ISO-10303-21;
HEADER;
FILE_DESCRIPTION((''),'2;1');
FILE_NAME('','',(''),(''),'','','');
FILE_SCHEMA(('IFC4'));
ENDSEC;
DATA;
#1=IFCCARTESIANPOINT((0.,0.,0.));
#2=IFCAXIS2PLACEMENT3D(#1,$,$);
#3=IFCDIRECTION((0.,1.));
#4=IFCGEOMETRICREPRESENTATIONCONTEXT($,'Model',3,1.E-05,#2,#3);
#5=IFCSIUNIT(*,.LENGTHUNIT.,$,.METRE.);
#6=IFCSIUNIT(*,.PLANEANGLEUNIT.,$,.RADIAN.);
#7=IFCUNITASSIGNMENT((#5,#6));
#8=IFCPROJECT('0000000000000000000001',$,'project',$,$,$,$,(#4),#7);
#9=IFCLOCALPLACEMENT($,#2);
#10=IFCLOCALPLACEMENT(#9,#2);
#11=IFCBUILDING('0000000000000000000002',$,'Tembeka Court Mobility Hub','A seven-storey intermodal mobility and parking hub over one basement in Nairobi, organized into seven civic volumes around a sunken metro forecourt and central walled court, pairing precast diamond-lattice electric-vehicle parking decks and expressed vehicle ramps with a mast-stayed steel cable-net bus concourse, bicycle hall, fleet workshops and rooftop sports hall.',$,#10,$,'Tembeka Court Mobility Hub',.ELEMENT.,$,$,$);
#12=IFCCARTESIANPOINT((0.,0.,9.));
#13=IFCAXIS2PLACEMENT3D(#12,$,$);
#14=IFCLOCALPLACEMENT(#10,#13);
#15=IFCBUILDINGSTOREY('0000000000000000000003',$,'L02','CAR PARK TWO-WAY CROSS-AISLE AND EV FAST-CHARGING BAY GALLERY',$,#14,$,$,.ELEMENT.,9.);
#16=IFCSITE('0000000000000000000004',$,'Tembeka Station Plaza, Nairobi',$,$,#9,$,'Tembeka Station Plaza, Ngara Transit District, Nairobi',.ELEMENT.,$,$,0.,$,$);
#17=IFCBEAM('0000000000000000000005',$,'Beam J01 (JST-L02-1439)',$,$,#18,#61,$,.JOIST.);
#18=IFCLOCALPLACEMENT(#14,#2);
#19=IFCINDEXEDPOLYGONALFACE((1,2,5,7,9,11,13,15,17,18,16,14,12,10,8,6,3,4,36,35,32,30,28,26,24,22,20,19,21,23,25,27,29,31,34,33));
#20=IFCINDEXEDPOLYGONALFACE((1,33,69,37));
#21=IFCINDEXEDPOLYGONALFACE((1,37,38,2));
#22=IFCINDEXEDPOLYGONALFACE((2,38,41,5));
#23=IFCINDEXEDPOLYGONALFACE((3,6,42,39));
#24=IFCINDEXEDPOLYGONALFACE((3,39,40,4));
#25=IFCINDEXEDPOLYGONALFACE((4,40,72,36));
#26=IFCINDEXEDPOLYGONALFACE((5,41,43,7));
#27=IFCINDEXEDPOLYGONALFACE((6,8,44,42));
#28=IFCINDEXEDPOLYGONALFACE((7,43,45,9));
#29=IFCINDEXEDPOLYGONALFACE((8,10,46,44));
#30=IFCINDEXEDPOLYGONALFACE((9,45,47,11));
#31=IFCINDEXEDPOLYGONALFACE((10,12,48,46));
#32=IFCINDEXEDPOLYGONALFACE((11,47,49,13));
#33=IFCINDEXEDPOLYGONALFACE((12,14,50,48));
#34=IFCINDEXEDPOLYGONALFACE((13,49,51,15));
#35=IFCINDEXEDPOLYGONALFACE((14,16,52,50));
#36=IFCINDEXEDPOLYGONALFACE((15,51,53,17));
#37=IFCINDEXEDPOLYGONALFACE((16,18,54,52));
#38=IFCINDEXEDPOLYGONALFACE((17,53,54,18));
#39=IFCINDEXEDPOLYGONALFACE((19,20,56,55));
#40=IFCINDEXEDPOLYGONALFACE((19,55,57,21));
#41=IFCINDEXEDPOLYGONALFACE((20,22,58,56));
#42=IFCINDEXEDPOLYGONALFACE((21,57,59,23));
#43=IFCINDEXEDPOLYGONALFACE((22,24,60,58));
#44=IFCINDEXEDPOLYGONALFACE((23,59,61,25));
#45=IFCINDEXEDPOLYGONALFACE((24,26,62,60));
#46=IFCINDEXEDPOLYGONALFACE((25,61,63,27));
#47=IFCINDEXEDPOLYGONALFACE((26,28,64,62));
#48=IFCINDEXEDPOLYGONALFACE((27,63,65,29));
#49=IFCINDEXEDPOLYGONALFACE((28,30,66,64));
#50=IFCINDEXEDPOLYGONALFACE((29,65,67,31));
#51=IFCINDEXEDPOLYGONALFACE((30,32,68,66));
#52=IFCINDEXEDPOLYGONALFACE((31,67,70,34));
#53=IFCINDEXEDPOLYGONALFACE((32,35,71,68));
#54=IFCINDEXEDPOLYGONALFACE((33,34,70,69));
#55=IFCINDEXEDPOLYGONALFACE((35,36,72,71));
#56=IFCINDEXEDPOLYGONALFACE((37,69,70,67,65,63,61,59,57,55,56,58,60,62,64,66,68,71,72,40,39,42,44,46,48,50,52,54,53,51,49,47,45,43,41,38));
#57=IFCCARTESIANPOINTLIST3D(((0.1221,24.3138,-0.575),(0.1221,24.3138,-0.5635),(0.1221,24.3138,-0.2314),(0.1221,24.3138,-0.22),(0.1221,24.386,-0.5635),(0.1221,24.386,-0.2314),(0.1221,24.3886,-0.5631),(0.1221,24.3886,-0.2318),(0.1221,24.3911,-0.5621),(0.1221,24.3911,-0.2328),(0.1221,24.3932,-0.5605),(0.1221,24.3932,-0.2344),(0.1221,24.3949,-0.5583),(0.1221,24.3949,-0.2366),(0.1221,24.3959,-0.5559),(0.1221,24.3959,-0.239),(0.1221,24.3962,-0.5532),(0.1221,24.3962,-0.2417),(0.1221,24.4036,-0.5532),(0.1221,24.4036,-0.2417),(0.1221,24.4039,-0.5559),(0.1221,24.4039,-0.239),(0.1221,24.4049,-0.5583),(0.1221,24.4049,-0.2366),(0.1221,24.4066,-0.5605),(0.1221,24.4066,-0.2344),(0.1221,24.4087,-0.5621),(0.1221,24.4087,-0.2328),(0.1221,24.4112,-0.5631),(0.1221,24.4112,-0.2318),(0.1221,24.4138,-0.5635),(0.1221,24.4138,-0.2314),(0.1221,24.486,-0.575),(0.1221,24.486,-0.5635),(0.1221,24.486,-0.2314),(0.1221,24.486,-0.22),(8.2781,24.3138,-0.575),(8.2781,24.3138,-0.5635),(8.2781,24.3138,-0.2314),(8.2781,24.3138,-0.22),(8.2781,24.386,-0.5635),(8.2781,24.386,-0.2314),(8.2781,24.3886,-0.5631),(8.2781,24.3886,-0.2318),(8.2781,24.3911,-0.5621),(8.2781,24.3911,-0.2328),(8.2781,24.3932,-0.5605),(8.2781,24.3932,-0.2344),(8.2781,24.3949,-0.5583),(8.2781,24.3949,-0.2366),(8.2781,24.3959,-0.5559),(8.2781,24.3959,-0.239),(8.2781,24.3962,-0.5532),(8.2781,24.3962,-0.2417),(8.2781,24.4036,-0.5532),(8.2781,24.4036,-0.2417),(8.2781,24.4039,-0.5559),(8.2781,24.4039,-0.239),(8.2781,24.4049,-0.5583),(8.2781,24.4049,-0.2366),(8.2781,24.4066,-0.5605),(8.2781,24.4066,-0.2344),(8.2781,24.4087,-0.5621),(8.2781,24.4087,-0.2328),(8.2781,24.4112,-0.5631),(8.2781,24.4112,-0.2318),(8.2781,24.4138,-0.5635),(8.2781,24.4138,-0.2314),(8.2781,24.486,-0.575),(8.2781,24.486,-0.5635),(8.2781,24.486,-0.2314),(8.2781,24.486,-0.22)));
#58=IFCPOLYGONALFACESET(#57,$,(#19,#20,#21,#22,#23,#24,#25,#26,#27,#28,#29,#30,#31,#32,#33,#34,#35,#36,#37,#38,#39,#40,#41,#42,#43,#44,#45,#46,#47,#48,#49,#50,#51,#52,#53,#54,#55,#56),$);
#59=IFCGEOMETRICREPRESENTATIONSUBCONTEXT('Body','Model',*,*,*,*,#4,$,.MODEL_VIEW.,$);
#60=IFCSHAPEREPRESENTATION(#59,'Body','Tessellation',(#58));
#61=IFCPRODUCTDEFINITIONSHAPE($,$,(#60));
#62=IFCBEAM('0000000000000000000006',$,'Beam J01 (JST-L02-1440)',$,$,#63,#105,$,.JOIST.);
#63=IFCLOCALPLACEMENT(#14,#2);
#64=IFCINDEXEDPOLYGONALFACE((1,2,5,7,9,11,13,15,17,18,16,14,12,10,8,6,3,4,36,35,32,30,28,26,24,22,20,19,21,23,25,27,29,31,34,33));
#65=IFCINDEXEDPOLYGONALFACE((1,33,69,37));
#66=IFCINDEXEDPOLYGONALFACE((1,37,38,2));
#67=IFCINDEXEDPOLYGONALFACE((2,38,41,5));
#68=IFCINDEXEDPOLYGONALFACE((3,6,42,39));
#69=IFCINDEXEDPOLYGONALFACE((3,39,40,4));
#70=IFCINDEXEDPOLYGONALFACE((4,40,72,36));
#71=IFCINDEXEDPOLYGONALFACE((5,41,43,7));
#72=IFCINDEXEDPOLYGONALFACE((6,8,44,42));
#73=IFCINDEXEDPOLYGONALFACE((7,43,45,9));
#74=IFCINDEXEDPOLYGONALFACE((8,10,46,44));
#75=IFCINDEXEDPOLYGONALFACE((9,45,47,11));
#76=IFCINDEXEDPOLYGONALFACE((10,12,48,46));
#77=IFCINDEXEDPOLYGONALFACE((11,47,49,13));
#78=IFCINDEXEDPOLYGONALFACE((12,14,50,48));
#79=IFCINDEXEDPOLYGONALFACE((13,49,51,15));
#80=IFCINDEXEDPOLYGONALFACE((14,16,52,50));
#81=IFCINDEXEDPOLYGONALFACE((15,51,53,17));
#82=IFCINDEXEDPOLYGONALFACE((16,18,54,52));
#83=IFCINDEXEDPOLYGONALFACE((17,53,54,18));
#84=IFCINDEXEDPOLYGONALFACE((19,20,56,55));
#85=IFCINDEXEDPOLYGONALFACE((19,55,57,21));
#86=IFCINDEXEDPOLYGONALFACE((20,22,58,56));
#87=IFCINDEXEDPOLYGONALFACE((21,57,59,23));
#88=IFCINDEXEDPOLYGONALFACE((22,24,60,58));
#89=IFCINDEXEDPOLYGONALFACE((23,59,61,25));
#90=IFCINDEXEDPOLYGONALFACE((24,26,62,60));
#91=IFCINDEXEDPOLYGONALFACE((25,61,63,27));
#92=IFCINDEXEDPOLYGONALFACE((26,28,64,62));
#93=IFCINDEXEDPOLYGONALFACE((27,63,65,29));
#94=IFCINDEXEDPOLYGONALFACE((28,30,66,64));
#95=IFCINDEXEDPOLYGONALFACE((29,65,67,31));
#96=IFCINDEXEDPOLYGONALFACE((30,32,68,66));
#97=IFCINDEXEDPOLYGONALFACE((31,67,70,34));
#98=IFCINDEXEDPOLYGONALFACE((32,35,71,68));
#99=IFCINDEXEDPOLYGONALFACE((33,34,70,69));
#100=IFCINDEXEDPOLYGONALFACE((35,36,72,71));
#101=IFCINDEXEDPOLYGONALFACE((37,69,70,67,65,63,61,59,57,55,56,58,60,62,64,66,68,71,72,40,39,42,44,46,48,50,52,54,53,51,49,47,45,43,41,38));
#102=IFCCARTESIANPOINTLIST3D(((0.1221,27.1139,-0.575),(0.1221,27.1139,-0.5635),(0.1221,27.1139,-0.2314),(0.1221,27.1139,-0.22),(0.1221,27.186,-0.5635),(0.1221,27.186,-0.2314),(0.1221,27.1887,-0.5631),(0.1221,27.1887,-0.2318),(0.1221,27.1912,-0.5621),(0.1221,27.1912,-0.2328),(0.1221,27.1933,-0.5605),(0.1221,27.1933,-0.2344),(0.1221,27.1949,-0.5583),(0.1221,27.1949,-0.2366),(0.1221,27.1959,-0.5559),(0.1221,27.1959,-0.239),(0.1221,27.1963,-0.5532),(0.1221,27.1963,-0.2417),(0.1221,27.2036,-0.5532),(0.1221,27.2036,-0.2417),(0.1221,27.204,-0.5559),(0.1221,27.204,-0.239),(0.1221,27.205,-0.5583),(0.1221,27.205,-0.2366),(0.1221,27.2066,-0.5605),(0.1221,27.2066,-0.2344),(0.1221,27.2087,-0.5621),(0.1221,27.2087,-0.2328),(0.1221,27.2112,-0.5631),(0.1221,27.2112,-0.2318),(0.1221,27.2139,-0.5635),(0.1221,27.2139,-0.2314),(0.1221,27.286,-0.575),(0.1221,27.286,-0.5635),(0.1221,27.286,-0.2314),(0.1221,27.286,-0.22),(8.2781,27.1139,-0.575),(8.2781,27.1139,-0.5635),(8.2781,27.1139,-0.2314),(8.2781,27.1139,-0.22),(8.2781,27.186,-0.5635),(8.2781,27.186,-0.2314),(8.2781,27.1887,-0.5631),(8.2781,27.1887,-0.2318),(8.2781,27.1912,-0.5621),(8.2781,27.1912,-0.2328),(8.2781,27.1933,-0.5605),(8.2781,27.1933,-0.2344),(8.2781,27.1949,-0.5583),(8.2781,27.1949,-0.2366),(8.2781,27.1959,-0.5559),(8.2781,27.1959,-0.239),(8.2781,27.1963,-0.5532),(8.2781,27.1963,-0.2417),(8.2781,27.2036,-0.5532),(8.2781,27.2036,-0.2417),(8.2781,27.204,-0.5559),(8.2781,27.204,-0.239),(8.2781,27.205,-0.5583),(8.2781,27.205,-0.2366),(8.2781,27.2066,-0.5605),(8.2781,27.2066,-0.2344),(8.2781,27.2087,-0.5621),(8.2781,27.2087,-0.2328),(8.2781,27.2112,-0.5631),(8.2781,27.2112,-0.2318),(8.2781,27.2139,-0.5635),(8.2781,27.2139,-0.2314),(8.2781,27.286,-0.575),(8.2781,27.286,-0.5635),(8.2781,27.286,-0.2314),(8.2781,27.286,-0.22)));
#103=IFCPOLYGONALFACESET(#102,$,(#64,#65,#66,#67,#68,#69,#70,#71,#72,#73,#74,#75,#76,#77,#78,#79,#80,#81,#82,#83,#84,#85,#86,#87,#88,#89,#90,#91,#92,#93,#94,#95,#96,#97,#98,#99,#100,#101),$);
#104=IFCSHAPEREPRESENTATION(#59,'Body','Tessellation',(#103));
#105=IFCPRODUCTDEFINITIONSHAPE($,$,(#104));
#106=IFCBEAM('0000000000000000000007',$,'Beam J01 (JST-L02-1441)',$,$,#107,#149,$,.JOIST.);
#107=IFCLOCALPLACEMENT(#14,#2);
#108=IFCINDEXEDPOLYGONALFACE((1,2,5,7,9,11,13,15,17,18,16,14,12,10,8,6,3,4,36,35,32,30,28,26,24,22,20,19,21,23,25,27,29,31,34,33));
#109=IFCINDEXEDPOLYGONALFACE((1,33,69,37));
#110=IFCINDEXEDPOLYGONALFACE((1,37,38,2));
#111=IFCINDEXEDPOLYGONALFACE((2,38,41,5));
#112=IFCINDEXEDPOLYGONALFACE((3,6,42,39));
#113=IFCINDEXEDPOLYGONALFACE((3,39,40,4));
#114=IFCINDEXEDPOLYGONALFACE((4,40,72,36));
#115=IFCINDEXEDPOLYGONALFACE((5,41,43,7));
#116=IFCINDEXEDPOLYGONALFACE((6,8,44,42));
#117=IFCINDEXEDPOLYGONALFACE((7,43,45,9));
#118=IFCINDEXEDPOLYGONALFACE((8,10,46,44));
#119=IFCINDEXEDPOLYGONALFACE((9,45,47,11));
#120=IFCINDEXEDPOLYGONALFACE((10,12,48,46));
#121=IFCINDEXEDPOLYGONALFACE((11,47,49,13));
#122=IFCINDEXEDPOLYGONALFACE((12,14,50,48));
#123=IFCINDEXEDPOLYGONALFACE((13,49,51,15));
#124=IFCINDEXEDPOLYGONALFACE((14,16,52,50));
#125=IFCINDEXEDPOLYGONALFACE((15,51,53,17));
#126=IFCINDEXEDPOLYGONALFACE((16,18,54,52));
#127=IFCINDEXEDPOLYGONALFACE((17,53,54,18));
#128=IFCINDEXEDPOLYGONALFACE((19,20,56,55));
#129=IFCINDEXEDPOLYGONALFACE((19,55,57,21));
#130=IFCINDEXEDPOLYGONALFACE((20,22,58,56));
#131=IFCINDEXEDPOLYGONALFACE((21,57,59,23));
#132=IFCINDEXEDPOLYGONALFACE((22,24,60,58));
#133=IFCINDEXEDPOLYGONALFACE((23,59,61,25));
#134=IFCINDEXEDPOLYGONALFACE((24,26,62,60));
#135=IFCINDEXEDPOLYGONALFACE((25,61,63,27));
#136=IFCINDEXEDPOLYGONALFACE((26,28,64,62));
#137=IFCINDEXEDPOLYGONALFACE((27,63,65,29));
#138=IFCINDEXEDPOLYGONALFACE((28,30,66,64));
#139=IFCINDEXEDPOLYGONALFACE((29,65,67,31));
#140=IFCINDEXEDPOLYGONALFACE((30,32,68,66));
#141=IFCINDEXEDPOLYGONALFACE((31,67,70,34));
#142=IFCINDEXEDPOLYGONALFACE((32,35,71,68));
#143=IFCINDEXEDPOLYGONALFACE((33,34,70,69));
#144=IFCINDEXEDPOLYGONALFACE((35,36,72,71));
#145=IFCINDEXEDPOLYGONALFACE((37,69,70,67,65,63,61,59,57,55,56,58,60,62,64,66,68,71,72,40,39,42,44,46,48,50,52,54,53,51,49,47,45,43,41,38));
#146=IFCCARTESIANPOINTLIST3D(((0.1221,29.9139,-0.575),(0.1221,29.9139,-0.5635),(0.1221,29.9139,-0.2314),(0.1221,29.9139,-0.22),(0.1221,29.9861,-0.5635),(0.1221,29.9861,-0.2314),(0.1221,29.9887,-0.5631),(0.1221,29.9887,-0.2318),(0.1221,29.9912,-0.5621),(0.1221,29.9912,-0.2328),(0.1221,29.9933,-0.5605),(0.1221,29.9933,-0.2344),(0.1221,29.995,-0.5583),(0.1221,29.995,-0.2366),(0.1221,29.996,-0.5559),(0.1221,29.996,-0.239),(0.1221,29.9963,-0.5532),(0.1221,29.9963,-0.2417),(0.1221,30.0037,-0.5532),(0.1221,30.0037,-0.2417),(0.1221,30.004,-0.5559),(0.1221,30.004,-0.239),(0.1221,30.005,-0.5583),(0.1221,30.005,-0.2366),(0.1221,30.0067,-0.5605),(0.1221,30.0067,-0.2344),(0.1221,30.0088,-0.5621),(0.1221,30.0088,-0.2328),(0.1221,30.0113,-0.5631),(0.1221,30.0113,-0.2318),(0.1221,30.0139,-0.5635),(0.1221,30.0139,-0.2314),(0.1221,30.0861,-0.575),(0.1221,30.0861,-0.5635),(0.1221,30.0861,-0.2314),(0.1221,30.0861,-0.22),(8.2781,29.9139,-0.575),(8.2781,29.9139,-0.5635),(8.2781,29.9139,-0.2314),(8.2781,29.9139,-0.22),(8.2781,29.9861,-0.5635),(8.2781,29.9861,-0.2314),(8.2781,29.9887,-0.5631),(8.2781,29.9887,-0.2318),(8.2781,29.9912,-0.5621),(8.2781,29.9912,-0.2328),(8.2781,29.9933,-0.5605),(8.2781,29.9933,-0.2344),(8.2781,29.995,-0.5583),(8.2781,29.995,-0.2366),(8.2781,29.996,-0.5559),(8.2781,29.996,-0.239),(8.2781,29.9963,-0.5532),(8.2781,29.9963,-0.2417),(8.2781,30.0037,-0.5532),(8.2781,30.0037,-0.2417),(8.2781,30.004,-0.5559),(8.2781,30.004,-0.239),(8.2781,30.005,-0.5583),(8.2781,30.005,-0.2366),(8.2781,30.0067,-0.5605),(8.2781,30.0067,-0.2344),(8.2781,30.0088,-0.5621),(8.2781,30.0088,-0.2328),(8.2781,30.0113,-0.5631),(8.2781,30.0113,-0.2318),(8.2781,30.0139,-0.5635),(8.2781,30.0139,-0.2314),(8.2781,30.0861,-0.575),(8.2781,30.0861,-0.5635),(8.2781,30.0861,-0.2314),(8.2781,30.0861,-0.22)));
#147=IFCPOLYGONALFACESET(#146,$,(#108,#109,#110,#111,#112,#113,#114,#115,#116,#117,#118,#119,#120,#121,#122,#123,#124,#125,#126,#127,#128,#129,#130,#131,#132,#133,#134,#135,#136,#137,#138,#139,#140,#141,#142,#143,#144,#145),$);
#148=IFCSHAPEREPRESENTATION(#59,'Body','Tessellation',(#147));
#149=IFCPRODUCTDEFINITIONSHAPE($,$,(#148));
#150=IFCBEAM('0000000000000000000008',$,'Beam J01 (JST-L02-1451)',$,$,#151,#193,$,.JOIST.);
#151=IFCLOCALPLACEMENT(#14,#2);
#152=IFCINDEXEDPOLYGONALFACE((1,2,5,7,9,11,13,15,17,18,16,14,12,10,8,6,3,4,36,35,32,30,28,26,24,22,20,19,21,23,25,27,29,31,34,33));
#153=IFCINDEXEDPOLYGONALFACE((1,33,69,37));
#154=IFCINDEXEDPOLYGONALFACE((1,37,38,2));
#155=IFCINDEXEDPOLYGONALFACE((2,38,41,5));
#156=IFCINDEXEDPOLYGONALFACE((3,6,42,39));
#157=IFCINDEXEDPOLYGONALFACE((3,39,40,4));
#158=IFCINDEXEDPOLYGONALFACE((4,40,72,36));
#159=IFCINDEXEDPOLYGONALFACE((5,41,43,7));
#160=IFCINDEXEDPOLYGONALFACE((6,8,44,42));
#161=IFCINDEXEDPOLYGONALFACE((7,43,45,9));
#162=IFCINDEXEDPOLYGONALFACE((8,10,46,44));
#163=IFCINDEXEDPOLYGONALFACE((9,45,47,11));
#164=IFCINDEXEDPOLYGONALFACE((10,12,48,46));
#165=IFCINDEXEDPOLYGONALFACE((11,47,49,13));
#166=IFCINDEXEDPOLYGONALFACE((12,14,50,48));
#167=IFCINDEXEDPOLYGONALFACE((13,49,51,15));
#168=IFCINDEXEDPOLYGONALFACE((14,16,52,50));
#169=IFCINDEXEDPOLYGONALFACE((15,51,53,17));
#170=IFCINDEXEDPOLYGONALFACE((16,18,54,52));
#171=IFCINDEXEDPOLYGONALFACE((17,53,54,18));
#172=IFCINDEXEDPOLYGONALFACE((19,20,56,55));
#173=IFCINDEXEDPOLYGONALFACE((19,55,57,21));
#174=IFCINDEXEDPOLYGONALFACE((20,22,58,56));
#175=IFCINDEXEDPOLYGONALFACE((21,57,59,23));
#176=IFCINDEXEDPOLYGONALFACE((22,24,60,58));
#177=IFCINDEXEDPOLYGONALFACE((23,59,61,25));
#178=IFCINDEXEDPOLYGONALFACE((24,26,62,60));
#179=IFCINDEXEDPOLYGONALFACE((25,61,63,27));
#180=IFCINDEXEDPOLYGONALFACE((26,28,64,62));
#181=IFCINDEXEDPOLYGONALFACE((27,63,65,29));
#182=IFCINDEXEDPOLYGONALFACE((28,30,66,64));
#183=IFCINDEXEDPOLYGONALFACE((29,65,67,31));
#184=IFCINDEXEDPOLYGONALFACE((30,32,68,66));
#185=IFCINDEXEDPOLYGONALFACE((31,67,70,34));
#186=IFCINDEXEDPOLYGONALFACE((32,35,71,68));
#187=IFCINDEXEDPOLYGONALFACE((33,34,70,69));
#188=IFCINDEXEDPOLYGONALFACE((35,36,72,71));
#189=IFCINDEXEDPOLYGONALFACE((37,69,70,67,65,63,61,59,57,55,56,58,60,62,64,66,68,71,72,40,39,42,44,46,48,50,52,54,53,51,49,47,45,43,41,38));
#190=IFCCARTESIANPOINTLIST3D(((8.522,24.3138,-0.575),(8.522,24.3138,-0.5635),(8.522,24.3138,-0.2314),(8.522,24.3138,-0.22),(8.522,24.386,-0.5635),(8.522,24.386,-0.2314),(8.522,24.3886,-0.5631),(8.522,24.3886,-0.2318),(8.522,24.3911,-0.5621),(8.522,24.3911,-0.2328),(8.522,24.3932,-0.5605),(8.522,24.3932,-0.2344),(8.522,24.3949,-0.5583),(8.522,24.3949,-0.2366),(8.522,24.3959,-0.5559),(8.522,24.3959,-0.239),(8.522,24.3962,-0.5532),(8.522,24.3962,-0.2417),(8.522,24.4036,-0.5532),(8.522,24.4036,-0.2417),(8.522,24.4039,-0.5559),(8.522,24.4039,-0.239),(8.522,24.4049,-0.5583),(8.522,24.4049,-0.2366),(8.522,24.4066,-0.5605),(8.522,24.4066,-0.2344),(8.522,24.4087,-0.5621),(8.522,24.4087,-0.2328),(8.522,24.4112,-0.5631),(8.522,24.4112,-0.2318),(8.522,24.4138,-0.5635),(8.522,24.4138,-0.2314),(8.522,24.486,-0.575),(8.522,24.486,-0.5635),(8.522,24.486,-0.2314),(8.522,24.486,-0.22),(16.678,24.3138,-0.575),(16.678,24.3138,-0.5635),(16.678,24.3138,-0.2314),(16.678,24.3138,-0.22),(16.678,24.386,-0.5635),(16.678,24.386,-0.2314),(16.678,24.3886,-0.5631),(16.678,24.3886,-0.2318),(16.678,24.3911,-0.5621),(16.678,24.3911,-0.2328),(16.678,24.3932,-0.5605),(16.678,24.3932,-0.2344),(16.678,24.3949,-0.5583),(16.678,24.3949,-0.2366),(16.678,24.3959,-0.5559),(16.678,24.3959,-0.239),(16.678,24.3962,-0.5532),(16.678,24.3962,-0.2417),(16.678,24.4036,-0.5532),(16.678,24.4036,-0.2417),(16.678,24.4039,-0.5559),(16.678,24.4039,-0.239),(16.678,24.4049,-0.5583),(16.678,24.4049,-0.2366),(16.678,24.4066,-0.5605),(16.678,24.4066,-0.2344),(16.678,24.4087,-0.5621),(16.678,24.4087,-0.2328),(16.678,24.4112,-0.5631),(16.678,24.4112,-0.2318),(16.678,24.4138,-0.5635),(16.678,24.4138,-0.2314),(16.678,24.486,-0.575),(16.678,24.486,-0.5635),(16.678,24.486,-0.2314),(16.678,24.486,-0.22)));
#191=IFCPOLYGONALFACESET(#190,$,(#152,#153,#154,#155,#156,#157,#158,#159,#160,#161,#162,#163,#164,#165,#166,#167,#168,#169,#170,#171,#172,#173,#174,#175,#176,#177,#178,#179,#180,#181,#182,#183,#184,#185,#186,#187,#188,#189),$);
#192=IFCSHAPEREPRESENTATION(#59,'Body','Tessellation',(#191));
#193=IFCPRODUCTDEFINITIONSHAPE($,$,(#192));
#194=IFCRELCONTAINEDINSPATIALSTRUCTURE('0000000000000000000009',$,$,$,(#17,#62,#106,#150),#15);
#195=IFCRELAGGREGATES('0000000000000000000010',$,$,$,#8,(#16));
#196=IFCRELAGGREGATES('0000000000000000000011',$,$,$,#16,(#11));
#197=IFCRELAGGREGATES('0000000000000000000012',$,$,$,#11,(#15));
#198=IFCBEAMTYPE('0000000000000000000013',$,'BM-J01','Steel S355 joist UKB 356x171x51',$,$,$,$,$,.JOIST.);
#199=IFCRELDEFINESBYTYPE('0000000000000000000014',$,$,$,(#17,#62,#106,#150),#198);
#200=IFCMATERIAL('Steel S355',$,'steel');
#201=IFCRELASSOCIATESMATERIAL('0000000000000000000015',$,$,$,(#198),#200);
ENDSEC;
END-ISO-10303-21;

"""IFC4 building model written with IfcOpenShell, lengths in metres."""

from ifc_helpers import new_model, si_unit, direction, frame, origin, origin_2d, place, context, subcontext, project, spatial, i_section, extrude, material, material_profile, profile_set, type_object, element, save


model = new_model("IFC4")

# Units and contexts
model_context = context("Model", 3, precision=1e-05, world=origin(), true_north=direction((0.0, 1.0)))
body_context = subcontext(model_context, "Body", "Model", "MODEL_VIEW")
ifc_project = project(units=[si_unit("LENGTHUNIT", "METRE"), si_unit("PLANEANGLEUNIT", "RADIAN")], contexts=[model_context])

# Site, building, storey
site_placement = place(None, origin())
site = spatial("IfcSite", under=ifc_project, at=site_placement, Name="Tembeka Station Plaza, Nairobi", LongName="Tembeka Station Plaza, Ngara Transit District, Nairobi", CompositionType="ELEMENT", RefElevation=0.0)
building_placement = place(site_placement, origin())
building = spatial("IfcBuilding", under=site, at=building_placement, Name="Tembeka Court Mobility Hub", Description="A seven-storey intermodal mobility and parking hub over one basement in Nairobi, organized into seven civic volumes around a sunken metro forecourt and central walled court, pairing precast diamond-lattice electric-vehicle parking decks and expressed vehicle ramps with a mast-stayed steel cable-net bus concourse, bicycle hall, fleet workshops and rooftop sports hall.", LongName="Tembeka Court Mobility Hub", CompositionType="ELEMENT")
storey_placement = place(building_placement, frame((0.0, 0.0, 9.0)))
storey = spatial("IfcBuildingStorey", under=building, at=storey_placement, Name="L02", Description="CAR PARK TWO-WAY CROSS-AISLE AND EV FAST-CHARGING BAY GALLERY", CompositionType="ELEMENT", Elevation=9.0)

# Shared definitions
ifc_material_1 = material(Name="Steel S355", Category="steel")

# Beams
ifc_material_profile_1 = material_profile(ifc_material_1, i_section(OverallWidth=0.1721, OverallDepth=0.355, WebThickness=0.0073, FlangeThickness=0.0115, FilletRadius=0.0103, at=origin_2d()), Name="UKB 356x171x51")
ifc_profile_set_1 = profile_set([ifc_material_profile_1], Name="Steel S355")
beam_type_1 = type_object("IfcBeamType", Name="BM-J01", Description="Steel S355 joist UKB 356x171x51", PredefinedType="JOIST", material=ifc_profile_set_1)
for number, where, z_axis, x_axis, name in (
    (1, (0.1221, 24.3999, -0.3975), (1.0, 0.0, 0.0), (0.0, 1.0, 0.0), "Beam J01 (JST-L02-1439)"),
    (2, (0.1221, 27.2, -0.3975), (1.0, 0.0, 0.0), (0.0, 1.0, 0.0), "Beam J01 (JST-L02-1440)"),
    (3, (0.1221, 30.0, -0.3975), (1.0, 0.0, 0.0), (0.0, 1.0, 0.0), "Beam J01 (JST-L02-1441)"),
    (4, (8.522, 24.3999, -0.3975), (1.0, 0.0, 0.0), (0.0, 1.0, 0.0), "Beam J01 (JST-L02-1451)"),
):
    element("IfcBeam", number, at=place(storey_placement, frame(where, z_axis=z_axis, x_axis=x_axis)), inside=storey, type_object=beam_type_1, Name=name, PredefinedType="JOIST", context=body_context, shape_type="SweptSolid", body=[
        extrude(i_section(OverallWidth=0.1721, OverallDepth=0.355, WebThickness=0.0073, FlangeThickness=0.0115, FilletRadius=0.0103, at=origin_2d()), origin(), (0.0, 0.0, 1.0), 8.156),
    ])

save(model, "model.ifc")
